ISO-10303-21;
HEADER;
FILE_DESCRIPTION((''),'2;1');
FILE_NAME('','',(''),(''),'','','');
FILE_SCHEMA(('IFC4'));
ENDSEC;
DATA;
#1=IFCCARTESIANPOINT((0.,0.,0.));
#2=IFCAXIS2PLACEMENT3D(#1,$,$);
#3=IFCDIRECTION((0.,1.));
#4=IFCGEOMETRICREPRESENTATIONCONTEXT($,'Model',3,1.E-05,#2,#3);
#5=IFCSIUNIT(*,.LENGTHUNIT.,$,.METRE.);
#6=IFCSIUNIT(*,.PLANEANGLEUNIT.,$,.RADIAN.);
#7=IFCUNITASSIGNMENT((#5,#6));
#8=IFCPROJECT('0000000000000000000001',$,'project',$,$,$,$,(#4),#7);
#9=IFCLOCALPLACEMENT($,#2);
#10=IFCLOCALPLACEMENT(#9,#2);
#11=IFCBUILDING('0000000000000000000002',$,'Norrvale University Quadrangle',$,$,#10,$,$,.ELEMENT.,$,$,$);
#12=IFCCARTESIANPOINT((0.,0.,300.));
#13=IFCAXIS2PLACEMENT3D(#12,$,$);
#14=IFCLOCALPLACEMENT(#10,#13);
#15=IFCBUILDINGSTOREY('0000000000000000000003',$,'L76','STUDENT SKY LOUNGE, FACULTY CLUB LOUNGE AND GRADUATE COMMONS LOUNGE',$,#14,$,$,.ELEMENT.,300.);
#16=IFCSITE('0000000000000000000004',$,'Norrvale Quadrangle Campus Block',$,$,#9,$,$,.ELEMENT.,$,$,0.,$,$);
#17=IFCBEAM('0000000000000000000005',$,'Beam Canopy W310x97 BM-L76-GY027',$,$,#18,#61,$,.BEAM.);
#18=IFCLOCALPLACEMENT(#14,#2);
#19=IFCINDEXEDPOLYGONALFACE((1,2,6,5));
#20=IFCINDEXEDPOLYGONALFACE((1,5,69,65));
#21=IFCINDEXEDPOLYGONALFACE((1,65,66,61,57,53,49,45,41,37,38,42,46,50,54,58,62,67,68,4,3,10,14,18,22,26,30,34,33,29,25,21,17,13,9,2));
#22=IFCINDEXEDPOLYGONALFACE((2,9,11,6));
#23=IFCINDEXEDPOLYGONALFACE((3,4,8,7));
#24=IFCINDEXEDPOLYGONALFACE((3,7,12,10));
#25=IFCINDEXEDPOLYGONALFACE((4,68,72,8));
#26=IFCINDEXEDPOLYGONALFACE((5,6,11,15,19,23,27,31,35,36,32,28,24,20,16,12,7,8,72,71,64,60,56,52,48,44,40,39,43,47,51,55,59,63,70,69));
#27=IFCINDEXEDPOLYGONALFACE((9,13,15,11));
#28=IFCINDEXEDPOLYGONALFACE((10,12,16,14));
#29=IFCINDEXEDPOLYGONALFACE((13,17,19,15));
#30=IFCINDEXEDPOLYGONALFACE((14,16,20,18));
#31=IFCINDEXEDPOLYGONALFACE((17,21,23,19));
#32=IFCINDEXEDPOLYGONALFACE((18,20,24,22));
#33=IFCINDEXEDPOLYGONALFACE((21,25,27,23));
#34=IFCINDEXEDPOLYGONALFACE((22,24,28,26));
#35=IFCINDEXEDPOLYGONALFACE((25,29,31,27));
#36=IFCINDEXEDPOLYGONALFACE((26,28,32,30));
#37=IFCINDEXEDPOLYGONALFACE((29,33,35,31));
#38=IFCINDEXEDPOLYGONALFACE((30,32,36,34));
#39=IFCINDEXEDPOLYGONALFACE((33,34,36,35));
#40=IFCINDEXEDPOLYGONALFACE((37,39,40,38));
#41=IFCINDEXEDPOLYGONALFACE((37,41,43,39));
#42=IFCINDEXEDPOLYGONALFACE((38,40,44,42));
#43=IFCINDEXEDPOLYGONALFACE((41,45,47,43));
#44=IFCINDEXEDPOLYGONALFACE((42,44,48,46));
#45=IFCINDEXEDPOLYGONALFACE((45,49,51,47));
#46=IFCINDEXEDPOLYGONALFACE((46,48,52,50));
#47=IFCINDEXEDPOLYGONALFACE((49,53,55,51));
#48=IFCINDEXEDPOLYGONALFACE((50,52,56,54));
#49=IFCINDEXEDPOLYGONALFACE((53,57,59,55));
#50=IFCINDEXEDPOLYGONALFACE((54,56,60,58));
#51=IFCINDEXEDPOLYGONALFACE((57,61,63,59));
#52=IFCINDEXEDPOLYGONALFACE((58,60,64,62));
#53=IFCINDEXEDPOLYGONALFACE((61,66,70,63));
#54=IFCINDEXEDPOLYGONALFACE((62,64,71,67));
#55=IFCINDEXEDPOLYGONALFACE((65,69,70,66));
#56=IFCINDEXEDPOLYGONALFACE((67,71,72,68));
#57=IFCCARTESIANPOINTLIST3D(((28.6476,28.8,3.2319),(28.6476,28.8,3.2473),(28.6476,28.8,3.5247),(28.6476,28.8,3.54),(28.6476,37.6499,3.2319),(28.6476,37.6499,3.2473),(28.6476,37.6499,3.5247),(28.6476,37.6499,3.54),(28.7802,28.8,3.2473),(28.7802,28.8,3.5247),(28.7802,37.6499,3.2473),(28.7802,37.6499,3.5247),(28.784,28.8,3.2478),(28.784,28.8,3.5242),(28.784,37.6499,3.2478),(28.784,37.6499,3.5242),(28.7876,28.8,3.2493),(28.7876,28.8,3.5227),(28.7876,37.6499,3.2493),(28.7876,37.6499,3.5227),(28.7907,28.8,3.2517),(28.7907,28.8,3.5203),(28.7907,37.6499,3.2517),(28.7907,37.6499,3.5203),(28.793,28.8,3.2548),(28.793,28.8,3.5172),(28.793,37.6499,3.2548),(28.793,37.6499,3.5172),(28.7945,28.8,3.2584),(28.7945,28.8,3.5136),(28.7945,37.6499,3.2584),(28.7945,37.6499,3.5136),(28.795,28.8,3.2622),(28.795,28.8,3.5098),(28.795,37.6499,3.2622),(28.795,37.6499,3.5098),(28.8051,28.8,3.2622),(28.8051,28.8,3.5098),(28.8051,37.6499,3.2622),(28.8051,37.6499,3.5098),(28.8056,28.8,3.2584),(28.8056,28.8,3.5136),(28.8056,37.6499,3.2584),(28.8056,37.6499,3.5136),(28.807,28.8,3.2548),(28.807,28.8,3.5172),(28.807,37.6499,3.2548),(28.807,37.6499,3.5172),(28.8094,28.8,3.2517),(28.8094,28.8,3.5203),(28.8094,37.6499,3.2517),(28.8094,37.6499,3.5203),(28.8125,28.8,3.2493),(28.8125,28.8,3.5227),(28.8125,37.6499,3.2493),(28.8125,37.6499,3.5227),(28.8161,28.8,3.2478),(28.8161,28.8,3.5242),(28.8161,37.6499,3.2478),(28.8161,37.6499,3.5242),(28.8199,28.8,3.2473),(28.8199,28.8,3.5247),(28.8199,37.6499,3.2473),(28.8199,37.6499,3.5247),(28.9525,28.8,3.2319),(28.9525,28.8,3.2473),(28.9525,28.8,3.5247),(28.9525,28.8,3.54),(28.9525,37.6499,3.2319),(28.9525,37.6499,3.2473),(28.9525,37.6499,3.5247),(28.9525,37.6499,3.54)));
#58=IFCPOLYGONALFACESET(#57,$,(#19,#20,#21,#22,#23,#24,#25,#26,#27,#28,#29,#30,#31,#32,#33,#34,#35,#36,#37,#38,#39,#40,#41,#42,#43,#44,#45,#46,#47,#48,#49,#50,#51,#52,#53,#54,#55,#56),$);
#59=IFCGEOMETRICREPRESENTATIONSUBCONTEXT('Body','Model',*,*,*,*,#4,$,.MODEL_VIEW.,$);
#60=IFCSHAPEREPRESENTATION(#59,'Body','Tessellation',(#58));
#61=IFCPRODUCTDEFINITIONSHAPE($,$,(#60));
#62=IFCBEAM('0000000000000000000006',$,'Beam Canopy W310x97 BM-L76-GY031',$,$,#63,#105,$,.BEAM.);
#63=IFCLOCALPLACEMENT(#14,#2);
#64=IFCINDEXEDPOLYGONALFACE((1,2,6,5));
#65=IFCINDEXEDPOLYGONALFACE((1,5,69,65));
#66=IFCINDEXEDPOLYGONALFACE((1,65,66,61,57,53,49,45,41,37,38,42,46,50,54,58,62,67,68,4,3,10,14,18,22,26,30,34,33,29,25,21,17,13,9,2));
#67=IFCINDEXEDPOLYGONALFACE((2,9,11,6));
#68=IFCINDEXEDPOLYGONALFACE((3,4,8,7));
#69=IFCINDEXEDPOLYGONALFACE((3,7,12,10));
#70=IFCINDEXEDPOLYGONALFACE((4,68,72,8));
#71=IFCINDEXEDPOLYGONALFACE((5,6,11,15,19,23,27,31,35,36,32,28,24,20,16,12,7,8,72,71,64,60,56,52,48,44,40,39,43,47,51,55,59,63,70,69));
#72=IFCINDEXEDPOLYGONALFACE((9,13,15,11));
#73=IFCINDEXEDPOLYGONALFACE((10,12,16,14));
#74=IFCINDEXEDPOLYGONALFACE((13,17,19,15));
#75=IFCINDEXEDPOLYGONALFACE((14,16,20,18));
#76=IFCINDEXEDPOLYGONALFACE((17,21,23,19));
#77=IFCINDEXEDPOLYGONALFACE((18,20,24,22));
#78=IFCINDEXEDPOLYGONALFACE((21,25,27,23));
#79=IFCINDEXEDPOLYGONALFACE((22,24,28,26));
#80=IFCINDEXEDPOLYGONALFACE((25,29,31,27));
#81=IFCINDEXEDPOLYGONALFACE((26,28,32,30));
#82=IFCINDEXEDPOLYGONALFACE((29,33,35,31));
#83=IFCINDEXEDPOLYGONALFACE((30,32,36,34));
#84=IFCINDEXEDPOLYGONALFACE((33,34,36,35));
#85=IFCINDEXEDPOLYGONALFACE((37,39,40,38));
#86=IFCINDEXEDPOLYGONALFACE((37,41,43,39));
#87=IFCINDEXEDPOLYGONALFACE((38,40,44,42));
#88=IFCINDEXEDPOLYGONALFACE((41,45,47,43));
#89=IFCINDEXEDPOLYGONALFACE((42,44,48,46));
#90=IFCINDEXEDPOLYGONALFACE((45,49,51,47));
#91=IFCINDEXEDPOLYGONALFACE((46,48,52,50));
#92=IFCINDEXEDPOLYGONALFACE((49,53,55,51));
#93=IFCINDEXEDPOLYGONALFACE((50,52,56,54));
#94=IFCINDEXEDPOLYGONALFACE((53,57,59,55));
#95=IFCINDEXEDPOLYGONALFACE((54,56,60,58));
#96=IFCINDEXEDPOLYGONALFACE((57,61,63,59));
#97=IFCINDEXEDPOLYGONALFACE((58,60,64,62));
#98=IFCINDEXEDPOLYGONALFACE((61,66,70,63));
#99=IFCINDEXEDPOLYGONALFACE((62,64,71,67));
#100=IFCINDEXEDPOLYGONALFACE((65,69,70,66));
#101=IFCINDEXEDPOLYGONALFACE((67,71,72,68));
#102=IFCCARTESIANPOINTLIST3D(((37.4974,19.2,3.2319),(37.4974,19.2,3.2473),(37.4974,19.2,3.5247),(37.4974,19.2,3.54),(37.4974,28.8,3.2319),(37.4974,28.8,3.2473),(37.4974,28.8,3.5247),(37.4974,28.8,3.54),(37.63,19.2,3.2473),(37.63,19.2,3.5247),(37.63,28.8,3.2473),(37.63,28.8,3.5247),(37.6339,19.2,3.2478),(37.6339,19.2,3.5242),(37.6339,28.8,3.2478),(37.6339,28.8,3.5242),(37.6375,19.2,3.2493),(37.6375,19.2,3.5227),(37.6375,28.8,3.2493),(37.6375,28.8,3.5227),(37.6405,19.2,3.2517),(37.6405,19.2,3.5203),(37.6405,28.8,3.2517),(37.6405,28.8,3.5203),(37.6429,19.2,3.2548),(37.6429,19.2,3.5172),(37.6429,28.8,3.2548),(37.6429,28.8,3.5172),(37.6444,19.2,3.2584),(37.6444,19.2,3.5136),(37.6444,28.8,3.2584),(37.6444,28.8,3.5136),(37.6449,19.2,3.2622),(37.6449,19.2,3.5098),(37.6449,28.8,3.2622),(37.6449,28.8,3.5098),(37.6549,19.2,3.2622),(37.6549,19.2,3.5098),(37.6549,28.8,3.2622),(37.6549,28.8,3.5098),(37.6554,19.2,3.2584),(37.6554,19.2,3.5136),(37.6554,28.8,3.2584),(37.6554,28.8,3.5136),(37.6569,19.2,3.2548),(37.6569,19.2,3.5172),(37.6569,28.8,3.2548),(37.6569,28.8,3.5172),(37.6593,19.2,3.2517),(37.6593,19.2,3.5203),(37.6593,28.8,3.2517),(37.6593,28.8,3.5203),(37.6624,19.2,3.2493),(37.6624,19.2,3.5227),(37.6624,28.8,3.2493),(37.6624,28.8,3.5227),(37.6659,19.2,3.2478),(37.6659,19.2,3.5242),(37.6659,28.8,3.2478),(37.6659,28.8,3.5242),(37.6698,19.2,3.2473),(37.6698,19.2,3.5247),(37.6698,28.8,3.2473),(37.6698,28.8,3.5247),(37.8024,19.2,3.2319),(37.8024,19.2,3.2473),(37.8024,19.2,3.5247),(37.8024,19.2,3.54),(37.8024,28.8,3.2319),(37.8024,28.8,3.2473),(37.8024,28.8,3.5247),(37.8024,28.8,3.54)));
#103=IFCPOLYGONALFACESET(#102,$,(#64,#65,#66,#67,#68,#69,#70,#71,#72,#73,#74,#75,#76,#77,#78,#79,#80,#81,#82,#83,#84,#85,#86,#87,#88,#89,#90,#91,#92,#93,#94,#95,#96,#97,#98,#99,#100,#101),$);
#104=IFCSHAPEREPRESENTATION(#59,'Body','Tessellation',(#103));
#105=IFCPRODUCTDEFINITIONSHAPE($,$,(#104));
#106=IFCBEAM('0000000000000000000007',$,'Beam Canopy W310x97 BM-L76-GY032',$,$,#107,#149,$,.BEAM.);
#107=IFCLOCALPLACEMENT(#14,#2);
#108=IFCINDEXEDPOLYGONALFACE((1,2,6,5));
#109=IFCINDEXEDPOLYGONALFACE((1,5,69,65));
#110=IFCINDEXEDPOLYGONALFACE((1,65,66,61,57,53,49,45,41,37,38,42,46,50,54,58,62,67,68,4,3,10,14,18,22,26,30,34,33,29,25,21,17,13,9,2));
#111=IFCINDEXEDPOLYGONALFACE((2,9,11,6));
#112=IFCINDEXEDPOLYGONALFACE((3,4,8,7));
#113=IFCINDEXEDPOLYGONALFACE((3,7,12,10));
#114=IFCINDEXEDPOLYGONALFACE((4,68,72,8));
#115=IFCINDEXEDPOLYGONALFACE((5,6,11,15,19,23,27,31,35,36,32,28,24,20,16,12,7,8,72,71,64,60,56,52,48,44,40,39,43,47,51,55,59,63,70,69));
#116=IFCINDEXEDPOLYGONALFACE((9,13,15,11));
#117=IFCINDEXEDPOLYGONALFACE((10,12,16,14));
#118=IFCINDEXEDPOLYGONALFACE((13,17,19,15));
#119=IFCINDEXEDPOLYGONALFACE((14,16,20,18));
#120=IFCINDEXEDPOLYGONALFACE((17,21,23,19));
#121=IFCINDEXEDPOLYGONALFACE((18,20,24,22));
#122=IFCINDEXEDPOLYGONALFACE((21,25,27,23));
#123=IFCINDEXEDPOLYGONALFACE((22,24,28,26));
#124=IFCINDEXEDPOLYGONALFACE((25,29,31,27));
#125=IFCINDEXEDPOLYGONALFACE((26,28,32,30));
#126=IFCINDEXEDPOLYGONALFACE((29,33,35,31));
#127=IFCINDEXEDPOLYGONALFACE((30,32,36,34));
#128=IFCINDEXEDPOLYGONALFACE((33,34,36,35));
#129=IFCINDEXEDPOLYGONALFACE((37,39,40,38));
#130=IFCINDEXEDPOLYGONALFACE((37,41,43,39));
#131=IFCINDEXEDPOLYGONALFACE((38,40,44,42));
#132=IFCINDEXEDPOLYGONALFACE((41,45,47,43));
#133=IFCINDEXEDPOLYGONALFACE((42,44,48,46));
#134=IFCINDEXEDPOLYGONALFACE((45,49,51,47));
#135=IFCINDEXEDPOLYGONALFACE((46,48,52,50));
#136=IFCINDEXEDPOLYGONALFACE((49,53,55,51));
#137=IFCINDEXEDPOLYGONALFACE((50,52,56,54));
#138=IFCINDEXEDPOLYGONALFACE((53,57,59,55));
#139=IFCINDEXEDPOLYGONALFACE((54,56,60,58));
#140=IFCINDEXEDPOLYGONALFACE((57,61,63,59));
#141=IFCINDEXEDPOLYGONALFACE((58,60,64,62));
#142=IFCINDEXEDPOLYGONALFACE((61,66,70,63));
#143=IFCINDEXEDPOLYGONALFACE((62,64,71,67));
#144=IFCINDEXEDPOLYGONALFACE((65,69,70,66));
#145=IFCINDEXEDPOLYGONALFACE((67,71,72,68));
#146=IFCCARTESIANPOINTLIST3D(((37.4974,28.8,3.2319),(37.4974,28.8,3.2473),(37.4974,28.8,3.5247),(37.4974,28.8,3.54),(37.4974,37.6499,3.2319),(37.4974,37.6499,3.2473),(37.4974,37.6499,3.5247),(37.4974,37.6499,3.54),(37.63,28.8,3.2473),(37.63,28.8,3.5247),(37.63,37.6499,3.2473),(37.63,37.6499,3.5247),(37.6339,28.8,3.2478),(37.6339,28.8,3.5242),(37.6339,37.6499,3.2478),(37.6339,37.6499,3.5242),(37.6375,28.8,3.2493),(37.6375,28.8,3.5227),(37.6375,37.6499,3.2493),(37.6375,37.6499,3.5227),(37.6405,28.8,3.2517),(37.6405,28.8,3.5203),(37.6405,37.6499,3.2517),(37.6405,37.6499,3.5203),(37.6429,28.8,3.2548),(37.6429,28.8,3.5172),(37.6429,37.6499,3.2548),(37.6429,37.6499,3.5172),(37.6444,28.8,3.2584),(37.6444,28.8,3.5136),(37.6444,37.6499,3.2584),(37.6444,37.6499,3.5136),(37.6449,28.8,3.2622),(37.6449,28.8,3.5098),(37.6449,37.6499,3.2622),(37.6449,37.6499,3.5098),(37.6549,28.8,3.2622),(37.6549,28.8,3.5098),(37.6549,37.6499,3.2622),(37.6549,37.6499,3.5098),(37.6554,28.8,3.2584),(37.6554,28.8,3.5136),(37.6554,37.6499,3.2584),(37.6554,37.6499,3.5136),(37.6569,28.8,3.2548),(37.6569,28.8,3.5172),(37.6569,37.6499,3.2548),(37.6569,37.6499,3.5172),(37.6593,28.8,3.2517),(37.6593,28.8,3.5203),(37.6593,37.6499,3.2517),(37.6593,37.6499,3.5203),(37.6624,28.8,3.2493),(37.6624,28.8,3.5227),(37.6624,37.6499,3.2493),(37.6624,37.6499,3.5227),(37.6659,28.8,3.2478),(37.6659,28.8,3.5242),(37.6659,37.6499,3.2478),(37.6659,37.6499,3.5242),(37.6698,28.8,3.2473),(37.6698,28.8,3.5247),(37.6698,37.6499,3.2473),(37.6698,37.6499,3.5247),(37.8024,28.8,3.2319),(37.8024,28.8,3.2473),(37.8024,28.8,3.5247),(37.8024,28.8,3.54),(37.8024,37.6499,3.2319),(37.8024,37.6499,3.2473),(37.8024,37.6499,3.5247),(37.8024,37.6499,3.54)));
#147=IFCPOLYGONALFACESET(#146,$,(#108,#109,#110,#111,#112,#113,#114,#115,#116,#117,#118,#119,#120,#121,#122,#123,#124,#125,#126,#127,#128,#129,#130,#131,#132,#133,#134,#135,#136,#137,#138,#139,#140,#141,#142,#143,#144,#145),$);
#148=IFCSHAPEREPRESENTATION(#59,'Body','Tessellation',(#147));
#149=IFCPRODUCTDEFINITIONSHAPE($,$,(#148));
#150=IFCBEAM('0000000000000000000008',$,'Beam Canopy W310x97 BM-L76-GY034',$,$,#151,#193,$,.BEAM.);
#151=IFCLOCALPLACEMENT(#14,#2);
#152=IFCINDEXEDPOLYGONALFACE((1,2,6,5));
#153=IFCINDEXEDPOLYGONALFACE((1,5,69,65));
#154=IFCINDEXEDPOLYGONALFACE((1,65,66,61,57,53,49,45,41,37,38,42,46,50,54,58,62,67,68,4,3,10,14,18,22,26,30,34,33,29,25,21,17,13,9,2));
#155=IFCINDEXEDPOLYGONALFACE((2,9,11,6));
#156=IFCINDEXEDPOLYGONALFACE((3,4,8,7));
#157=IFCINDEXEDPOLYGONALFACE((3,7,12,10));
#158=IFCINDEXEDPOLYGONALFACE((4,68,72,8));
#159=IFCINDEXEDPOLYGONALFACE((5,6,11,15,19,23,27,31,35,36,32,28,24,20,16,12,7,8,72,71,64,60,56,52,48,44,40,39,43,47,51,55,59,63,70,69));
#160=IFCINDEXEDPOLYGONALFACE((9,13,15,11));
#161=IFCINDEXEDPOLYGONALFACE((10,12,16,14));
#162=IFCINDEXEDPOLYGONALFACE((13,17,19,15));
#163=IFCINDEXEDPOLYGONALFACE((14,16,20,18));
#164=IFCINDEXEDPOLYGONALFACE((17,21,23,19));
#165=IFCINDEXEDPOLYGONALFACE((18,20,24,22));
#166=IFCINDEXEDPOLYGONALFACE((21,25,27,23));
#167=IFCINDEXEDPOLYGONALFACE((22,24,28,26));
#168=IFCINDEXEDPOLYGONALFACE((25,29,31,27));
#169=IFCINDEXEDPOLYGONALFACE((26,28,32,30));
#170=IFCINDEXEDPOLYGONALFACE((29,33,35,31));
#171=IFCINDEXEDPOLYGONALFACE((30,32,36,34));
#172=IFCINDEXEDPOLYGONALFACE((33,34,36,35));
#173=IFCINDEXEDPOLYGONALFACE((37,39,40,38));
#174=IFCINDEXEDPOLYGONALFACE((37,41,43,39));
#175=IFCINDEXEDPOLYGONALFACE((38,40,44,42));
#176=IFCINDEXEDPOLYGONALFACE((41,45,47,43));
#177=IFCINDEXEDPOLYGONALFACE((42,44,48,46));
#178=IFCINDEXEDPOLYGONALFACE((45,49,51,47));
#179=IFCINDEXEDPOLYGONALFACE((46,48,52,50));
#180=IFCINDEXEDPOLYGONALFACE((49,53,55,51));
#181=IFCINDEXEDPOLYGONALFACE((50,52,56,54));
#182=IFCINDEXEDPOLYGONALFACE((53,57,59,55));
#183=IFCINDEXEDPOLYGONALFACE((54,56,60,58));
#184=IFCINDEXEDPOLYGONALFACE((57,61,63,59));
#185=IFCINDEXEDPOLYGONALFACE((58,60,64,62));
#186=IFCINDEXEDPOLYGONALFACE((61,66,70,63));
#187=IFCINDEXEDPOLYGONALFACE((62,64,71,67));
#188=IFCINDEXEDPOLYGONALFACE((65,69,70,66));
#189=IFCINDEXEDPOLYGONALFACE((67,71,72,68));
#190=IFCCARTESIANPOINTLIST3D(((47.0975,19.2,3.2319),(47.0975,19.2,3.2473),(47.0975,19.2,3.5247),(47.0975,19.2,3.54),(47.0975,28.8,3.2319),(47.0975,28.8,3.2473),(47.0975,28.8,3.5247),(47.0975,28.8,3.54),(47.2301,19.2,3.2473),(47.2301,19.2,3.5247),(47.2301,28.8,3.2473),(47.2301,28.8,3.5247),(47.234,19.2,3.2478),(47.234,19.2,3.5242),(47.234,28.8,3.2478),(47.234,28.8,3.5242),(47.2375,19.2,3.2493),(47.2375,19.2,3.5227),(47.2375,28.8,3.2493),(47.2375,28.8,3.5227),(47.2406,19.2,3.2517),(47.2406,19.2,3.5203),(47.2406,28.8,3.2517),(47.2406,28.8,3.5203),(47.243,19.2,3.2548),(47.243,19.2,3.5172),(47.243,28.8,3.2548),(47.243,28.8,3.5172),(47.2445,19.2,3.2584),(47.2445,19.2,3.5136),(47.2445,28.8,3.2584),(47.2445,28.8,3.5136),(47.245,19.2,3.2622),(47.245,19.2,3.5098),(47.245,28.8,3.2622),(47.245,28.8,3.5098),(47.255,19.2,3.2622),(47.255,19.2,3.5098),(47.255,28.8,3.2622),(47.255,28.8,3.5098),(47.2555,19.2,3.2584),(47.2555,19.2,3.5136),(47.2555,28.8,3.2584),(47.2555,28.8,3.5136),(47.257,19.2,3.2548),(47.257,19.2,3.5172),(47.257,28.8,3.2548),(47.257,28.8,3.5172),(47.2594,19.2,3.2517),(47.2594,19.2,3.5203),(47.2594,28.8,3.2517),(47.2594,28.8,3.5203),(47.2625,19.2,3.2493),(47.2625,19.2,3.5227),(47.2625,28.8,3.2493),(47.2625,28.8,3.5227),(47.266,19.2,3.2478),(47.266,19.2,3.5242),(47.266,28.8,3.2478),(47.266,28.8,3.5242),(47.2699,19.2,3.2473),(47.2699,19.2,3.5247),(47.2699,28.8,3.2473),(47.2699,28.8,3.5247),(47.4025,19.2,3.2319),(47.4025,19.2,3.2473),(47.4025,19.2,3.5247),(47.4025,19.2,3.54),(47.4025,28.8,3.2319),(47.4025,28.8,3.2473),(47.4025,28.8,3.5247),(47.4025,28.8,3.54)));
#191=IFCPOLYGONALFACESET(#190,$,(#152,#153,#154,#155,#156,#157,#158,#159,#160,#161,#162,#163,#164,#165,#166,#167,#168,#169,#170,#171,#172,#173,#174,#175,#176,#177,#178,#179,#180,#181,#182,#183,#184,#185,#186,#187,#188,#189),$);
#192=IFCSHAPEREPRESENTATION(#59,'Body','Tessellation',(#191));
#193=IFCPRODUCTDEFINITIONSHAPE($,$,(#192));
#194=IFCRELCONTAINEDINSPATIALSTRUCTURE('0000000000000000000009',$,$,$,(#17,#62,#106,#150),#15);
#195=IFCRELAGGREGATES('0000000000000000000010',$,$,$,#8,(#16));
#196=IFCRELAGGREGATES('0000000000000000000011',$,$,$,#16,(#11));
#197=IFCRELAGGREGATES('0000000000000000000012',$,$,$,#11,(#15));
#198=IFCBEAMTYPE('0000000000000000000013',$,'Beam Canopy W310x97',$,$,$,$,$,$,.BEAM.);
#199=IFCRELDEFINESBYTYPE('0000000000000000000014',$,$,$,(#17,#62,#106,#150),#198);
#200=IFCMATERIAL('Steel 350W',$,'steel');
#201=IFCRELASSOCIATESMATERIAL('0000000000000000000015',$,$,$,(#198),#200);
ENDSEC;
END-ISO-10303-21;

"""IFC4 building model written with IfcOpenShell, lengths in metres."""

from ifc_helpers import new_model, si_unit, direction, frame, origin, origin_2d, place, context, subcontext, project, spatial, i_section, extrude, material, material_profile, profile_set, type_object, element, save


model = new_model("IFC4")

# Units and contexts
model_context = context("Model", 3, precision=1e-05, world=origin(), true_north=direction((0.0, 1.0)))
body_context = subcontext(model_context, "Body", "Model", "MODEL_VIEW")
ifc_project = project(units=[si_unit("LENGTHUNIT", "METRE"), si_unit("PLANEANGLEUNIT", "RADIAN")], contexts=[model_context])

# Site, building, storey
site_placement = place(None, origin())
site = spatial("IfcSite", under=ifc_project, at=site_placement, Name="Norrvale Quadrangle Campus Block", CompositionType="ELEMENT", RefElevation=0.0)
building_placement = place(site_placement, origin())
building = spatial("IfcBuilding", under=site, at=building_placement, Name="Norrvale University Quadrangle", CompositionType="ELEMENT")
storey_placement = place(building_placement, frame((0.0, 0.0, 300.0)))
storey = spatial("IfcBuildingStorey", under=building, at=storey_placement, Name="L76", Description="STUDENT SKY LOUNGE, FACULTY CLUB LOUNGE AND GRADUATE COMMONS LOUNGE", CompositionType="ELEMENT", Elevation=300.0)

# Beams
ifc_material_1 = material(Name="Steel 350W", Category="steel")
ifc_material_profile_1 = material_profile(ifc_material_1, i_section(OverallWidth=0.3049, OverallDepth=0.3081, WebThickness=0.01, FlangeThickness=0.0154, FilletRadius=0.0149, at=origin_2d()), Name="Steel 350W")
ifc_profile_set_1 = profile_set([ifc_material_profile_1], Name="Steel 350W")
beam_type_1 = type_object("IfcBeamType", Name="Beam Canopy W310x97", PredefinedType="BEAM", material=ifc_profile_set_1)
beam_1_placement = place(storey_placement, frame((28.8, 28.8, 3.386), z_axis=(0.0, 1.0, 0.0), x_axis=(-1.0, 0.0, 0.0)))
element("IfcBeam", 1, at=beam_1_placement, inside=storey, type_object=beam_type_1, Name="Beam Canopy W310x97 BM-L76-GY027", PredefinedType="BEAM", context=body_context, shape_type="SweptSolid", body=[
    extrude(i_section(OverallWidth=0.3049, OverallDepth=0.3081, WebThickness=0.01, FlangeThickness=0.0154, FilletRadius=0.0149, at=origin_2d()), origin(), (0.0, 0.0, 1.0), 8.8499),
])
beam_2_placement = place(storey_placement, frame((37.6499, 19.2, 3.386), z_axis=(0.0, 1.0, 0.0), x_axis=(-1.0, 0.0, 0.0)))
element("IfcBeam", 2, at=beam_2_placement, inside=storey, type_object=beam_type_1, Name="Beam Canopy W310x97 BM-L76-GY031", PredefinedType="BEAM", context=body_context, shape_type="SweptSolid", body=[
    extrude(i_section(OverallWidth=0.3049, OverallDepth=0.3081, WebThickness=0.01, FlangeThickness=0.0154, FilletRadius=0.0149, at=origin_2d()), origin(), (0.0, 0.0, 1.0), 9.6001),
])
beam_3_placement = place(storey_placement, frame((37.6499, 28.8, 3.386), z_axis=(0.0, 1.0, 0.0), x_axis=(-1.0, 0.0, 0.0)))
element("IfcBeam", 3, at=beam_3_placement, inside=storey, type_object=beam_type_1, Name="Beam Canopy W310x97 BM-L76-GY032", PredefinedType="BEAM", context=body_context, shape_type="SweptSolid", body=[
    extrude(i_section(OverallWidth=0.3049, OverallDepth=0.3081, WebThickness=0.01, FlangeThickness=0.0154, FilletRadius=0.0149, at=origin_2d()), origin(), (0.0, 0.0, 1.0), 8.8499),
])
beam_4_placement = place(storey_placement, frame((47.25, 19.2, 3.386), z_axis=(0.0, 1.0, 0.0), x_axis=(-1.0, 0.0, 0.0)))
element("IfcBeam", 4, at=beam_4_placement, inside=storey, type_object=beam_type_1, Name="Beam Canopy W310x97 BM-L76-GY034", PredefinedType="BEAM", context=body_context, shape_type="SweptSolid", body=[
    extrude(i_section(OverallWidth=0.3049, OverallDepth=0.3081, WebThickness=0.01, FlangeThickness=0.0154, FilletRadius=0.0149, at=origin_2d()), origin(), (0.0, 0.0, 1.0), 9.6001),
])

save(model, "model.ifc")
